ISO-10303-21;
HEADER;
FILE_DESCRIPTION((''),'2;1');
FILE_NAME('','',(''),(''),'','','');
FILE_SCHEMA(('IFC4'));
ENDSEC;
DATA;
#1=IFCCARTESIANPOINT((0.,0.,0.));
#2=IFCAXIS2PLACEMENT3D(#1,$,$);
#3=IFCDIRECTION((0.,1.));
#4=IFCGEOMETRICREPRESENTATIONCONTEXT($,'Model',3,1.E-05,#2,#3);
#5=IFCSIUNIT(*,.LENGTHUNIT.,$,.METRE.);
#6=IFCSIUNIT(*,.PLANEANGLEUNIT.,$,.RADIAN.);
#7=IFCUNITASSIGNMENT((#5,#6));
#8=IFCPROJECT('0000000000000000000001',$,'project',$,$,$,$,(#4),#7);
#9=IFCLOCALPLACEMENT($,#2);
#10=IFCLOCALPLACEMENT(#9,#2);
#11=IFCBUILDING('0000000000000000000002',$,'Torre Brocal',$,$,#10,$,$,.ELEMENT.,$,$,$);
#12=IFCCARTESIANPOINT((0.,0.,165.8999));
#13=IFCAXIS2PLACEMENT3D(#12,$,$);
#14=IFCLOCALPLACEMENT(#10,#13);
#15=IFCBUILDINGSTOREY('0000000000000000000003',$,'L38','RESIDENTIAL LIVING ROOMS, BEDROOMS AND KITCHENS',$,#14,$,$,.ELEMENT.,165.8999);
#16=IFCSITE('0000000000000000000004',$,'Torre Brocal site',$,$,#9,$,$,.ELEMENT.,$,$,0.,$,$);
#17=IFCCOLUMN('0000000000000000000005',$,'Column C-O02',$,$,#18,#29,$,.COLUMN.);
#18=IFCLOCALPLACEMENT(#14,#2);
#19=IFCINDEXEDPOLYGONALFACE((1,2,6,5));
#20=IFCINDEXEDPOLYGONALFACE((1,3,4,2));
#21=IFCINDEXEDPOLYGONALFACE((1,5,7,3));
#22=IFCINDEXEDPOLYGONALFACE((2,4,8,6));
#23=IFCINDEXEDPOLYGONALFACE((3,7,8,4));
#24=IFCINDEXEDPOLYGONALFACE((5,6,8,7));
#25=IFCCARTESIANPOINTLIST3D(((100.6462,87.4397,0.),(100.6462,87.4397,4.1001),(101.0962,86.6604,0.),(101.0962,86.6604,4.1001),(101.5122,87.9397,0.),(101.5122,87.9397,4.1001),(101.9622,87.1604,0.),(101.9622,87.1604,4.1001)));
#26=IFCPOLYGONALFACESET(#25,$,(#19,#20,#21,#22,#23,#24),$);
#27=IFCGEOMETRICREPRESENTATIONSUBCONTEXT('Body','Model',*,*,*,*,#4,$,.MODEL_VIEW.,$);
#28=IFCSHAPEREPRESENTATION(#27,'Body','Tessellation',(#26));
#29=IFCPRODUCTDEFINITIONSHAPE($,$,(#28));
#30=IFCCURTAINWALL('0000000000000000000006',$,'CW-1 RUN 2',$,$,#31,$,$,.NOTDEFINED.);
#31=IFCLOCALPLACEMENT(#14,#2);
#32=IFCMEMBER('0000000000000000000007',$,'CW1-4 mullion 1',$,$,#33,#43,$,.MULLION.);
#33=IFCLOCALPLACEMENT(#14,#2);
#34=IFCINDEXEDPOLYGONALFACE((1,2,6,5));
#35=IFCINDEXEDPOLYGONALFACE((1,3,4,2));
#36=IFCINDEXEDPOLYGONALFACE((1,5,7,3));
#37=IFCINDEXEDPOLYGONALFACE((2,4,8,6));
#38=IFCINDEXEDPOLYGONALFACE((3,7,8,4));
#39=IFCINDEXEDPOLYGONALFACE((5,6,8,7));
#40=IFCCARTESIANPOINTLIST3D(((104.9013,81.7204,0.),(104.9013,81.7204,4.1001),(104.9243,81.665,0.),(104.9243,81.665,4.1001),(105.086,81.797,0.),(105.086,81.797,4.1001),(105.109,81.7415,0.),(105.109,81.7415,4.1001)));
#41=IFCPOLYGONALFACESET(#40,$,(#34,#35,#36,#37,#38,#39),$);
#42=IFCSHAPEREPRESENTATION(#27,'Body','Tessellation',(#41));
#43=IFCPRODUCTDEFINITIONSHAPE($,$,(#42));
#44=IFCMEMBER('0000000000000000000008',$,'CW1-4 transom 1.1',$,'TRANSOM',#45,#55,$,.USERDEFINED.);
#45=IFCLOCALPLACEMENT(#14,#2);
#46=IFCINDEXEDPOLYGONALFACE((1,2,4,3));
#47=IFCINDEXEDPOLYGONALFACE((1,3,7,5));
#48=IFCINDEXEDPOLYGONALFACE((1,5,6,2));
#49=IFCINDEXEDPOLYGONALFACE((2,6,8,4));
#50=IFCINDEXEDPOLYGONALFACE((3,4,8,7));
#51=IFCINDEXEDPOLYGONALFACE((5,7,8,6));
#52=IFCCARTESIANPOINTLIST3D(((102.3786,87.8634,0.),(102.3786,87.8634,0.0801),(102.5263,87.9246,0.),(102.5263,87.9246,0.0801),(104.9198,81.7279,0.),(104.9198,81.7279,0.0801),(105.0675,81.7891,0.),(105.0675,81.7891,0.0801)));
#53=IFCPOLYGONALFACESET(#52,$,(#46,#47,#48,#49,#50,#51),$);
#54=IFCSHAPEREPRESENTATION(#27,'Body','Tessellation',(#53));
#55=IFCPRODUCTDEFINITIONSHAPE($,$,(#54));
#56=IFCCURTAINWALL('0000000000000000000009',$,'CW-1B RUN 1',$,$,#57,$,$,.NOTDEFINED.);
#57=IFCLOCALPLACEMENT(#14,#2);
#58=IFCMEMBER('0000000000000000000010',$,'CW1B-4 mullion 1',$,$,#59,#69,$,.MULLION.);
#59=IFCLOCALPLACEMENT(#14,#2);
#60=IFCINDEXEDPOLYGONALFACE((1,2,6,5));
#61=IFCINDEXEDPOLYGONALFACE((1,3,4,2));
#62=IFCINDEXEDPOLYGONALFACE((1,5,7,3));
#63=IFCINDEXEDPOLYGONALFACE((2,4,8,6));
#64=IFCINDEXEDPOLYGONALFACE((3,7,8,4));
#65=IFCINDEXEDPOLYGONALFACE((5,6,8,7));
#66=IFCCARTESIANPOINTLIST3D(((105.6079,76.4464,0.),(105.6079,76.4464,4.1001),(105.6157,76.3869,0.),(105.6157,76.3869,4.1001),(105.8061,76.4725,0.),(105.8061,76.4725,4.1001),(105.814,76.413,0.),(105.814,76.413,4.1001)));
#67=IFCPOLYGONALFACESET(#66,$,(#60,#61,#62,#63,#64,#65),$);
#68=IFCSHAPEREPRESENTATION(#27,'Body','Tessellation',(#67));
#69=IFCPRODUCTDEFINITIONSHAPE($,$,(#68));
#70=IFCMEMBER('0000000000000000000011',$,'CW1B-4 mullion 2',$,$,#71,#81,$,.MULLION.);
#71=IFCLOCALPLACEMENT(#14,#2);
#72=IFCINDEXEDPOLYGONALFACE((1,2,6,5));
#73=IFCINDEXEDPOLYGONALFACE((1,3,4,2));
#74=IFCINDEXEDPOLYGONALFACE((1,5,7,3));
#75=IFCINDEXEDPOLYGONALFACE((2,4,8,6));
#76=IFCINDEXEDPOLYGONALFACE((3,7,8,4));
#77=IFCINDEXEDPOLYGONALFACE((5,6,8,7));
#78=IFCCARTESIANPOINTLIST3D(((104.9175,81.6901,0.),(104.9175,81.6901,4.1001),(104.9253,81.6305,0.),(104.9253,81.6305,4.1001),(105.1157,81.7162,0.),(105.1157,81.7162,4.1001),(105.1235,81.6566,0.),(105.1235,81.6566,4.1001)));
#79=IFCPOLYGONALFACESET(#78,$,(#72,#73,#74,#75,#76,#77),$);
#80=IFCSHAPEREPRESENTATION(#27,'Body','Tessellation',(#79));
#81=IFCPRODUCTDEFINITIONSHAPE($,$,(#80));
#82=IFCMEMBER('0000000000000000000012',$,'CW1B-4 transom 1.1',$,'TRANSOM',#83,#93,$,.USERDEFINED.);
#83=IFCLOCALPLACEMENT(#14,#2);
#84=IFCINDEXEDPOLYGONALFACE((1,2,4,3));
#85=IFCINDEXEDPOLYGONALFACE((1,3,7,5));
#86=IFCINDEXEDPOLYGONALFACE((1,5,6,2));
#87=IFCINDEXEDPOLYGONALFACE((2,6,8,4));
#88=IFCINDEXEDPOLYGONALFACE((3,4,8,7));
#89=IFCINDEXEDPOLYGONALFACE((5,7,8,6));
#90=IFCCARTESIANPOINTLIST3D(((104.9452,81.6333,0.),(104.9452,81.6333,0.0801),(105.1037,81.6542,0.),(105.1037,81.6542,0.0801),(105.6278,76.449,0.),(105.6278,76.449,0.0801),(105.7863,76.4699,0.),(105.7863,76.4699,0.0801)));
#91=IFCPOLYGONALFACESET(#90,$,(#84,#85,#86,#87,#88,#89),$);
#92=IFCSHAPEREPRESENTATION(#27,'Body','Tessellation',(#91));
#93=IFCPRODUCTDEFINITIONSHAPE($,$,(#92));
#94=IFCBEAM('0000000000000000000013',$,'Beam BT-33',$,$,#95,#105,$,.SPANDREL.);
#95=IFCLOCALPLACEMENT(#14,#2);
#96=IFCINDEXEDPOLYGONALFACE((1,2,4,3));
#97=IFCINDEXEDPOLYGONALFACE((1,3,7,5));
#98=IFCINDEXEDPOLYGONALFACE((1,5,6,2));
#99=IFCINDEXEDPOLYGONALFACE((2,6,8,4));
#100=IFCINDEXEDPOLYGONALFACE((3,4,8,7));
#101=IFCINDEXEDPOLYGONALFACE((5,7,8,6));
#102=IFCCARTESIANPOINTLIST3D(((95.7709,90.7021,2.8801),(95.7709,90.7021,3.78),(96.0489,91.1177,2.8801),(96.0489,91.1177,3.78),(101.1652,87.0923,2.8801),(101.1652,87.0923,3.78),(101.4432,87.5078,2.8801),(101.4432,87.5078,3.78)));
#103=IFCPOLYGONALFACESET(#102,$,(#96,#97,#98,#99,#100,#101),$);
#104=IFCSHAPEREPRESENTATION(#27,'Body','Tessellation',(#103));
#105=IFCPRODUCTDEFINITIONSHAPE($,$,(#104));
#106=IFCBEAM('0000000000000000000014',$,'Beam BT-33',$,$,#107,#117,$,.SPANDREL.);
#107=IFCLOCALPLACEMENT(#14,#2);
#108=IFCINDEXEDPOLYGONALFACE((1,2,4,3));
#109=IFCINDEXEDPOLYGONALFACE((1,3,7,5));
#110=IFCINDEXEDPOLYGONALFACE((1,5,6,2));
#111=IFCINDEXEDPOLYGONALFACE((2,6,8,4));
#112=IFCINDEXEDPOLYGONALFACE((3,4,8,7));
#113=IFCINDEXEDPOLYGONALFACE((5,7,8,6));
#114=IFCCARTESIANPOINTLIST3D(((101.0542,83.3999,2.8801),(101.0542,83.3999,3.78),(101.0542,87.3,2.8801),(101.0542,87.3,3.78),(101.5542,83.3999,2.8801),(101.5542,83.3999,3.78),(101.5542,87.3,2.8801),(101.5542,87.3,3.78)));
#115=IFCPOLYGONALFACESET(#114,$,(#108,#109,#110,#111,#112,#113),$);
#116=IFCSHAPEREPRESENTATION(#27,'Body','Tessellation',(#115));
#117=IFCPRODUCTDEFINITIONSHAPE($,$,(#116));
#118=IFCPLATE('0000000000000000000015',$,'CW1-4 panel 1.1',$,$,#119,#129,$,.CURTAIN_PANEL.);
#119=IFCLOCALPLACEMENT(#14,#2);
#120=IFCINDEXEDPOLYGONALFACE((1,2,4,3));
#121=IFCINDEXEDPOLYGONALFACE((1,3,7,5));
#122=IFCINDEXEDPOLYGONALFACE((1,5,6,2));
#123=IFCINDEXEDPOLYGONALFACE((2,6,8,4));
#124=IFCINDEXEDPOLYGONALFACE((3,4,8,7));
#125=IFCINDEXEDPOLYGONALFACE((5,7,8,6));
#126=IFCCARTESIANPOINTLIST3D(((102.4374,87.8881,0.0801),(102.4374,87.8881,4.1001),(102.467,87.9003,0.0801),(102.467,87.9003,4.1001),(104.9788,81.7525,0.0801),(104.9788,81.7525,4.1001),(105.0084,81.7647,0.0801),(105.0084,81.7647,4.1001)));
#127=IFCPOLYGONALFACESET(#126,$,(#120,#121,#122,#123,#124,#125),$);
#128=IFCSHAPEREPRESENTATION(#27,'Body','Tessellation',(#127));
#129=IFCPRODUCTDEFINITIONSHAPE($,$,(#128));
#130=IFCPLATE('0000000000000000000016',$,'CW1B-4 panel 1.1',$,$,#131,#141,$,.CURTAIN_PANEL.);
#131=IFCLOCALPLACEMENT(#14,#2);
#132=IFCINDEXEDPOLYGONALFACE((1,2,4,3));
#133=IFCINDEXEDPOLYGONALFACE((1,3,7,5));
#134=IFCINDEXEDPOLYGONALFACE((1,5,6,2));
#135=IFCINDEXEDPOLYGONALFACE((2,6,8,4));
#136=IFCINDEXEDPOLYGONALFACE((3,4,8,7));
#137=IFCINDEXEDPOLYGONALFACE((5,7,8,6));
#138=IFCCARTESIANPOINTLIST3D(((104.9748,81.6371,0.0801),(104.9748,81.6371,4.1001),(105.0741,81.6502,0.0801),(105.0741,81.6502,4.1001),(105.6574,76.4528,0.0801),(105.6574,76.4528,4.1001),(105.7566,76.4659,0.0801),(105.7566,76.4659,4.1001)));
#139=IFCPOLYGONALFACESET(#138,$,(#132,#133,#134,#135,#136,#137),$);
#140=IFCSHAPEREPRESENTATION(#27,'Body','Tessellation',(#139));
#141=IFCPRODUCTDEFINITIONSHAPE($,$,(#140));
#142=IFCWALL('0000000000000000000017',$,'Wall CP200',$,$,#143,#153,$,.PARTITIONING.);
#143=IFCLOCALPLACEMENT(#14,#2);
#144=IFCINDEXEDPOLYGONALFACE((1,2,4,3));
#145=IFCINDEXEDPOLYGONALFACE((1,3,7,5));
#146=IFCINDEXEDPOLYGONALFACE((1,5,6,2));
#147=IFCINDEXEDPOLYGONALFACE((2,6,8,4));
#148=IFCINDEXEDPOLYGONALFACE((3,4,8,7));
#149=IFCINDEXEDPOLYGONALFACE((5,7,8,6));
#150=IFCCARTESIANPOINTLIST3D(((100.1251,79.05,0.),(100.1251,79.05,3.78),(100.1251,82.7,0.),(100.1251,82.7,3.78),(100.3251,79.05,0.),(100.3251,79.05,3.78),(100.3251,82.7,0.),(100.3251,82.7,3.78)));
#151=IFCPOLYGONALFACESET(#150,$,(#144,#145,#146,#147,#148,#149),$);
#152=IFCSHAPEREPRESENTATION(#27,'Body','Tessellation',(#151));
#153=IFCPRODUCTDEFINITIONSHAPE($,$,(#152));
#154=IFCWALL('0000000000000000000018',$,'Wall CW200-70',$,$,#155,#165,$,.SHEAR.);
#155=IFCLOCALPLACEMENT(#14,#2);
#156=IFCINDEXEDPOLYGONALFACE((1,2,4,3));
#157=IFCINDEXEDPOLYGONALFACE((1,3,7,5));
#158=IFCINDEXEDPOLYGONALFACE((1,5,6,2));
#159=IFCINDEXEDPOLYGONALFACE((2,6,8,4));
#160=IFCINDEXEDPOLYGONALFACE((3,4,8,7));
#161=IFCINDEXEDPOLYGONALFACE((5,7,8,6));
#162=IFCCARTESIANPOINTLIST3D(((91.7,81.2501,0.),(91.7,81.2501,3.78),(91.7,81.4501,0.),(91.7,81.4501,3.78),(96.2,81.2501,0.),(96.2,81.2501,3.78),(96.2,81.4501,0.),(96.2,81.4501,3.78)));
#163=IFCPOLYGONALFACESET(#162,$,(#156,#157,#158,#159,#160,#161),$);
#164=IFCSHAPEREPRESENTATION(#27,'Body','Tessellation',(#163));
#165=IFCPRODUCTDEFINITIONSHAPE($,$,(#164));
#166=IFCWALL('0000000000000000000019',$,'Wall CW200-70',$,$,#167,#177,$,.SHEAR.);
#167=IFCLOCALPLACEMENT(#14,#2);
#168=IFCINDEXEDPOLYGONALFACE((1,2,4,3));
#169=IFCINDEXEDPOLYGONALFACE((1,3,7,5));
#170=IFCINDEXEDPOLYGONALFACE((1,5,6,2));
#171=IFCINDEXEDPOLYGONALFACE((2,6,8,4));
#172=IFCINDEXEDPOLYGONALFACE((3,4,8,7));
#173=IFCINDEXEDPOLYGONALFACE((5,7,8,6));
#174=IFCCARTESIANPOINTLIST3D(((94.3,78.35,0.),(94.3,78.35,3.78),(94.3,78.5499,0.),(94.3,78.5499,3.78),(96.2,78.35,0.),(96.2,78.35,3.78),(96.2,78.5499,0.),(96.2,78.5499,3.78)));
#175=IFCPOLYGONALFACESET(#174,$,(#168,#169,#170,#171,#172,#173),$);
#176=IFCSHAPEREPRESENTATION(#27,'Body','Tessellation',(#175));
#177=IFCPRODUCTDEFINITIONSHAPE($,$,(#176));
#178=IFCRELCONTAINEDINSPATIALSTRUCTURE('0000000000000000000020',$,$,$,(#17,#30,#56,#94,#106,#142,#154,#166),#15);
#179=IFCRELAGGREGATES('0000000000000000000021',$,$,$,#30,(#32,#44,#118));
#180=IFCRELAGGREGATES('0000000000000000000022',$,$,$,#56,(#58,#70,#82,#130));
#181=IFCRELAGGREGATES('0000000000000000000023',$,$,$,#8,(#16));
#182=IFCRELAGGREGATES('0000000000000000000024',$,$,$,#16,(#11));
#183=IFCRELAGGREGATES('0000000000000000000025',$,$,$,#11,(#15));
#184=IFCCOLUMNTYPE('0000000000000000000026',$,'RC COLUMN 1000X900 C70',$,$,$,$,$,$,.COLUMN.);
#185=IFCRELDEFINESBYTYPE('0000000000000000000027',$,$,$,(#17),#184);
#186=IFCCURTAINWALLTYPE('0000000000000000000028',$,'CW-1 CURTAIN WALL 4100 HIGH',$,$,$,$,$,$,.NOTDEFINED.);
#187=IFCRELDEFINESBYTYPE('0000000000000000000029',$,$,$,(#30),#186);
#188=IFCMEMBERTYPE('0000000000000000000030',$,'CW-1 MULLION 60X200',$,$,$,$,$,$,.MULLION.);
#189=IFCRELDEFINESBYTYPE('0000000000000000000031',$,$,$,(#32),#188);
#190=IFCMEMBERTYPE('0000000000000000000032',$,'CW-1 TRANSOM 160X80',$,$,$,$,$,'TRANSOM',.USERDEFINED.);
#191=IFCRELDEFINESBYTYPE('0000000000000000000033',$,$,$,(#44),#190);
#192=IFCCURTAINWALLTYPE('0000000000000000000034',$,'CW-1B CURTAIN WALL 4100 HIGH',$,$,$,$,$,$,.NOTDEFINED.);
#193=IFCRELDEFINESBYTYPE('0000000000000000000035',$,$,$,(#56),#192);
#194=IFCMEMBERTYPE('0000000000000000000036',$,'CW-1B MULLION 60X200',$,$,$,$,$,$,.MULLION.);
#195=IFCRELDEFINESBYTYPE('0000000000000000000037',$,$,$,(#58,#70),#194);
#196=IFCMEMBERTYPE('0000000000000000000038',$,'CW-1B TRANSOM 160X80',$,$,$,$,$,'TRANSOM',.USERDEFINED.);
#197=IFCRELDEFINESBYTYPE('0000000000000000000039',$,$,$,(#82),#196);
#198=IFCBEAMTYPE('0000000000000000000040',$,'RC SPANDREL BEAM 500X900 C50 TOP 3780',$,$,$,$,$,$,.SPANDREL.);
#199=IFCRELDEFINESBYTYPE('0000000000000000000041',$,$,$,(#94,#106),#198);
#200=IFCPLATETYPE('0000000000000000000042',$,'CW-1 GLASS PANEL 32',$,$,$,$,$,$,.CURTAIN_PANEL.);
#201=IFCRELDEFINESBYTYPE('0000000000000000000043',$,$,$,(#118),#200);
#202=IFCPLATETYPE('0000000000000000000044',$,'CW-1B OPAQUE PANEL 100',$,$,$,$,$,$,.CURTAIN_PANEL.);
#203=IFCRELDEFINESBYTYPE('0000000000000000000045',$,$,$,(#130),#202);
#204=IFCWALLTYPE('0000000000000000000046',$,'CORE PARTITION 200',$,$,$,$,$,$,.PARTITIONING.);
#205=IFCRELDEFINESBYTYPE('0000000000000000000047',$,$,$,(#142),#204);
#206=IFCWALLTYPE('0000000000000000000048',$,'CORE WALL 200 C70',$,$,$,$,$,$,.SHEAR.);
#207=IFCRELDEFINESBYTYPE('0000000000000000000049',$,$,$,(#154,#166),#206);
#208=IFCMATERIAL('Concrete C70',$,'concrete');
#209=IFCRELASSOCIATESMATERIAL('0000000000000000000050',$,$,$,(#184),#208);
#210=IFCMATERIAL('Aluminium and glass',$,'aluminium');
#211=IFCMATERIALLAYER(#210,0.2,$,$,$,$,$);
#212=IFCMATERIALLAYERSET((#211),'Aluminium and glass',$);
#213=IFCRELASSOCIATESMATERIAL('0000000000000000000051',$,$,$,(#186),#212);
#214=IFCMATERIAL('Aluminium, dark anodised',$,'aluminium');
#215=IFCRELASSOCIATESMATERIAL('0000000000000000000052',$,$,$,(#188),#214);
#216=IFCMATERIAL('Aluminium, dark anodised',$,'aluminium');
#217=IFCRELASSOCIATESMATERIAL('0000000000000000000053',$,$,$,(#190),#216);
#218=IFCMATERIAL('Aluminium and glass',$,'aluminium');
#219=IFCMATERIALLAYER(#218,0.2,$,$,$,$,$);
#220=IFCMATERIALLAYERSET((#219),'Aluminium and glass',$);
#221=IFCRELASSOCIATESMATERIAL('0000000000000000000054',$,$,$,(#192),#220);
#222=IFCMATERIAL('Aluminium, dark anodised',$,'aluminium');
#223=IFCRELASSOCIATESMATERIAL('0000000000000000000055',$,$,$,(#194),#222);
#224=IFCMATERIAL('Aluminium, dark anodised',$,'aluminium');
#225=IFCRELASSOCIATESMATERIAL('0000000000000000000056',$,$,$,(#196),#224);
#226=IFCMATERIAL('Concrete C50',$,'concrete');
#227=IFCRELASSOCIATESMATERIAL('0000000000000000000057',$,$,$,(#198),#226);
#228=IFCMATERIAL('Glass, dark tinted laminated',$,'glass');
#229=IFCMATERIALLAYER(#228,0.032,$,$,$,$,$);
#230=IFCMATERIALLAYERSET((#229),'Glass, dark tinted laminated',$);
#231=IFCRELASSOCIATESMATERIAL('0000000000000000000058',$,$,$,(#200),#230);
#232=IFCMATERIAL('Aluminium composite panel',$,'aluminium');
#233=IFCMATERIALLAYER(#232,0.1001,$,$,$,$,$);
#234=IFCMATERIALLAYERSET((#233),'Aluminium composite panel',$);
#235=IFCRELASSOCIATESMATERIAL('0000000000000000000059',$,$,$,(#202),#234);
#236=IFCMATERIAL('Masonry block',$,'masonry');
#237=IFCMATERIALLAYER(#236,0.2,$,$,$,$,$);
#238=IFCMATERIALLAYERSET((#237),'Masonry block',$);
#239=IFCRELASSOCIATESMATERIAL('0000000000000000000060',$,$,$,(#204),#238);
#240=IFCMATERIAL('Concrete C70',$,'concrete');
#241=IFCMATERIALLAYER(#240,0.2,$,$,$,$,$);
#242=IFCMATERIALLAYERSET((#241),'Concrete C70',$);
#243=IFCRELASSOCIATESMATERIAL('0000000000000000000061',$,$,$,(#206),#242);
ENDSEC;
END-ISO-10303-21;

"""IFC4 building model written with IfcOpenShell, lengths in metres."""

from ifc_helpers import new_model, si_unit, direction, frame, frame_2d, origin, origin_2d, place, context, subcontext, project, spatial, rectangle, extrude, material, layer, layer_set, material_profile, profile_set, type_object, element, aggregate, save


model = new_model("IFC4")

# Units and contexts
model_context = context("Model", 3, precision=1e-05, world=origin(), true_north=direction((0.0, 1.0)))
body_context = subcontext(model_context, "Body", "Model", "MODEL_VIEW")
ifc_project = project(units=[si_unit("LENGTHUNIT", "METRE"), si_unit("PLANEANGLEUNIT", "RADIAN")], contexts=[model_context])

# Site, building, storey
site_placement = place(None, origin())
site = spatial("IfcSite", under=ifc_project, at=site_placement, Name="Torre Brocal site", CompositionType="ELEMENT", RefElevation=0.0)
building_placement = place(site_placement, origin())
building = spatial("IfcBuilding", under=site, at=building_placement, Name="Torre Brocal", CompositionType="ELEMENT")
storey_placement = place(building_placement, frame((0.0, 0.0, 165.8999)))
storey = spatial("IfcBuildingStorey", under=building, at=storey_placement, Name="L38", Description="RESIDENTIAL LIVING ROOMS, BEDROOMS AND KITCHENS", CompositionType="ELEMENT", Elevation=165.8999)

# Column
ifc_material_1 = material(Name="Concrete C70", Category="concrete")
ifc_material_profile_1 = material_profile(ifc_material_1, rectangle(XDim=1.0, YDim=0.8999, at=origin_2d()), Name="RC 1000X900")
ifc_profile_set_1 = profile_set([ifc_material_profile_1], Name="Concrete C70")
column_type = type_object("IfcColumnType", Name="RC COLUMN 1000X900 C70", PredefinedType="COLUMN", material=ifc_profile_set_1)
column_placement = place(storey_placement, frame((101.3042, 87.3, 0.0), z_axis=(0.0, 0.0, 1.0), x_axis=(0.866025, 0.5, 0.0)))
element("IfcColumn", 1, at=column_placement, inside=storey, type_object=column_type, Name="Column C-O02", PredefinedType="COLUMN", context=body_context, shape_type="SweptSolid", body=[
    extrude(rectangle(XDim=1.0, YDim=0.8999, at=origin_2d()), origin(), (0.0, 0.0, 1.0), 4.1001),
])

# Curtain walls, members
ifc_material_2 = material(Name="Aluminium and glass", Category="aluminium")
ifc_layer_1 = layer(ifc_material_2, 0.2)
ifc_layer_set_1 = layer_set([ifc_layer_1], Name="Aluminium and glass")
curtain_wall_type_1 = type_object("IfcCurtainWallType", Name="CW-1 CURTAIN WALL 4100 HIGH", PredefinedType="NOTDEFINED", material=ifc_layer_set_1)
curtain_wall_1_placement = place(storey_placement, origin())
curtain_wall_1 = element("IfcCurtainWall", 2, at=curtain_wall_1_placement, inside=storey, type_object=curtain_wall_type_1, Name="CW-1 RUN 2", PredefinedType="NOTDEFINED")
ifc_material_3 = material(Name="Aluminium, dark anodised", Category="aluminium")
ifc_material_profile_2 = material_profile(ifc_material_3, rectangle(XDim=0.2, YDim=0.0601, at=origin_2d()), Name="CW-1 MULLION 60X200")
ifc_profile_set_2 = profile_set([ifc_material_profile_2], Name="Aluminium, dark anodised")
member_type_1 = type_object("IfcMemberType", Name="CW-1 MULLION 60X200", PredefinedType="MULLION", material=ifc_profile_set_2)
member_1_placement = place(storey_placement, frame((105.0051, 81.731, 0.0), z_axis=(0.0, 0.0, 1.0), x_axis=(-0.92388, -0.382683, 0.0)))
member_1 = element("IfcMember", 3, at=member_1_placement, type_object=member_type_1, Name="CW1-4 mullion 1", PredefinedType="MULLION", context=body_context, shape_type="SweptSolid", body=[
    extrude(rectangle(XDim=0.2, YDim=0.0601, at=origin_2d()), origin(), (0.0, 0.0, 1.0), 4.1001),
])
ifc_material_4 = material(Name="Aluminium, dark anodised", Category="aluminium")
ifc_material_profile_3 = material_profile(ifc_material_4, rectangle(XDim=0.1599, YDim=0.0801, at=origin_2d()), Name="CW-1 TRANSOM 160X80")
ifc_profile_set_3 = profile_set([ifc_material_profile_3], Name="Aluminium, dark anodised")
member_type_2 = type_object("IfcMemberType", Name="CW-1 TRANSOM 160X80", ElementType="TRANSOM", PredefinedType="USERDEFINED", material=ifc_profile_set_3)
member_2_placement = place(storey_placement, frame((104.9937, 81.7585, 0.04), z_axis=(-0.382665, 0.923887, 0.0), x_axis=(-0.923887, -0.382665, 0.0)))
member_2 = element("IfcMember", 4, at=member_2_placement, type_object=member_type_2, Name="CW1-4 transom 1.1", ObjectType="TRANSOM", PredefinedType="USERDEFINED", context=body_context, shape_type="SweptSolid", body=[
    extrude(rectangle(XDim=0.1599, YDim=0.0801, at=origin_2d()), origin(), (0.0, 0.0, 1.0), 6.6409),
])
ifc_material_5 = material(Name="Aluminium and glass", Category="aluminium")
ifc_layer_2 = layer(ifc_material_5, 0.2)
ifc_layer_set_2 = layer_set([ifc_layer_2], Name="Aluminium and glass")
curtain_wall_type_2 = type_object("IfcCurtainWallType", Name="CW-1B CURTAIN WALL 4100 HIGH", PredefinedType="NOTDEFINED", material=ifc_layer_set_2)
curtain_wall_2_placement = place(storey_placement, origin())
curtain_wall_2 = element("IfcCurtainWall", 5, at=curtain_wall_2_placement, inside=storey, type_object=curtain_wall_type_2, Name="CW-1B RUN 1", PredefinedType="NOTDEFINED")
ifc_material_6 = material(Name="Aluminium, dark anodised", Category="aluminium")
ifc_material_profile_4 = material_profile(ifc_material_6, rectangle(XDim=0.2, YDim=0.0601, at=origin_2d()), Name="CW-1B MULLION 60X200")
ifc_profile_set_4 = profile_set([ifc_material_profile_4], Name="Aluminium, dark anodised")
member_type_3 = type_object("IfcMemberType", Name="CW-1B MULLION 60X200", PredefinedType="MULLION", material=ifc_profile_set_4)
member_3_placement = place(storey_placement, frame((105.7109, 76.4297, 0.0), z_axis=(0.0, 0.0, 1.0), x_axis=(-0.991445, -0.130526, 0.0)))
member_3 = element("IfcMember", 6, at=member_3_placement, type_object=member_type_3, Name="CW1B-4 mullion 1", PredefinedType="MULLION", context=body_context, shape_type="SweptSolid", body=[
    extrude(rectangle(XDim=0.2, YDim=0.0601, at=origin_2d()), origin(), (0.0, 0.0, 1.0), 4.1001),
])
member_4_placement = place(storey_placement, frame((105.0205, 81.6733, 0.0), z_axis=(0.0, 0.0, 1.0), x_axis=(-0.991445, -0.130526, 0.0)))
member_4 = element("IfcMember", 7, at=member_4_placement, type_object=member_type_3, Name="CW1B-4 mullion 2", PredefinedType="MULLION", context=body_context, shape_type="SweptSolid", body=[
    extrude(rectangle(XDim=0.2, YDim=0.0601, at=origin_2d()), origin(), (0.0, 0.0, 1.0), 4.1001),
])
ifc_material_7 = material(Name="Aluminium, dark anodised", Category="aluminium")
ifc_material_profile_5 = material_profile(ifc_material_7, rectangle(XDim=0.1599, YDim=0.0801, at=origin_2d()), Name="CW-1B TRANSOM 160X80")
ifc_profile_set_5 = profile_set([ifc_material_profile_5], Name="Aluminium, dark anodised")
member_type_4 = type_object("IfcMemberType", Name="CW-1B TRANSOM 160X80", ElementType="TRANSOM", PredefinedType="USERDEFINED", material=ifc_profile_set_5)
member_5_placement = place(storey_placement, frame((105.707, 76.4595, 0.04), z_axis=(-0.130543, 0.991443, 0.0), x_axis=(-0.991443, -0.130543, 0.0)))
member_5 = element("IfcMember", 8, at=member_5_placement, type_object=member_type_4, Name="CW1B-4 transom 1.1", ObjectType="TRANSOM", PredefinedType="USERDEFINED", context=body_context, shape_type="SweptSolid", body=[
    extrude(rectangle(XDim=0.1599, YDim=0.0801, at=origin_2d()), origin(), (0.0, 0.0, 1.0), 5.229),
])

# Beams
ifc_material_8 = material(Name="Concrete C50", Category="concrete")
ifc_material_profile_6 = material_profile(ifc_material_8, rectangle(XDim=0.5, YDim=0.8999, at=origin_2d()), Name="RC 500X900")
ifc_profile_set_6 = profile_set([ifc_material_profile_6], Name="Concrete C50")
beam_type = type_object("IfcBeamType", Name="RC SPANDREL BEAM 500X900 C50 TOP 3780", PredefinedType="SPANDREL", material=ifc_profile_set_6)
beam_1_placement = place(storey_placement, frame((101.3042, 87.3, 3.3301), z_axis=(-0.831077, 0.556158, 0.0), x_axis=(-0.556158, -0.831077, 0.0)))
element("IfcBeam", 9, at=beam_1_placement, inside=storey, type_object=beam_type, Name="Beam BT-33", PredefinedType="SPANDREL", context=body_context, shape_type="SweptSolid", body=[
    extrude(rectangle(XDim=0.5, YDim=0.8999, at=origin_2d()), origin(), (0.0, 0.0, 1.0), 6.4907),
])
beam_2_placement = place(storey_placement, frame((101.3042, 87.3, 3.3301), z_axis=(0.0, -1.0, 0.0), x_axis=(1.0, 0.0, 0.0)))
element("IfcBeam", 10, at=beam_2_placement, inside=storey, type_object=beam_type, Name="Beam BT-33", PredefinedType="SPANDREL", context=body_context, shape_type="SweptSolid", body=[
    extrude(rectangle(XDim=0.5, YDim=0.8999, at=origin_2d()), origin(), (0.0, 0.0, 1.0), 3.9001),
])

# Plates
ifc_material_9 = material(Name="Glass, dark tinted laminated", Category="glass")
ifc_layer_3 = layer(ifc_material_9, 0.032)
ifc_layer_set_3 = layer_set([ifc_layer_3], Name="Glass, dark tinted laminated")
plate_type_1 = type_object("IfcPlateType", Name="CW-1 GLASS PANEL 32", PredefinedType="CURTAIN_PANEL", material=ifc_layer_set_3)
plate_1_placement = place(storey_placement, frame((103.7229, 84.8264, 0.0801), z_axis=(0.0, 0.0, 1.0), x_axis=(-0.382683, 0.92388, 0.0)))
plate_1 = element("IfcPlate", 11, at=plate_1_placement, type_object=plate_type_1, Name="CW1-4 panel 1.1", PredefinedType="CURTAIN_PANEL", context=body_context, shape_type="SweptSolid", body=[
    extrude(rectangle(XDim=6.6411, YDim=0.032, at=origin_2d()), origin(), (0.0, 0.0, 1.0), 4.02),
])
aggregate(curtain_wall_1, [member_1, member_2, plate_1])
ifc_material_10 = material(Name="Aluminium composite panel", Category="aluminium")
ifc_layer_4 = layer(ifc_material_10, 0.1001)
ifc_layer_set_4 = layer_set([ifc_layer_4], Name="Aluminium composite panel")
plate_type_2 = type_object("IfcPlateType", Name="CW-1B OPAQUE PANEL 100", PredefinedType="CURTAIN_PANEL", material=ifc_layer_set_4)
plate_2_placement = place(storey_placement, frame((105.3657, 79.0515, 0.0801), z_axis=(0.0, 0.0, 1.0), x_axis=(-0.130526, 0.991445, 0.0)))
plate_2 = element("IfcPlate", 12, at=plate_2_placement, type_object=plate_type_2, Name="CW1B-4 panel 1.1", PredefinedType="CURTAIN_PANEL", context=body_context, shape_type="SweptSolid", body=[
    extrude(rectangle(XDim=5.229, YDim=0.1001, at=origin_2d()), origin(), (0.0, 0.0, 1.0), 4.02),
])
aggregate(curtain_wall_2, [member_3, member_4, member_5, plate_2])

# Walls
ifc_material_11 = material(Name="Masonry block", Category="masonry")
ifc_layer_5 = layer(ifc_material_11, 0.2)
ifc_layer_set_5 = layer_set([ifc_layer_5], Name="Masonry block")
wall_type_1 = type_object("IfcWallType", Name="CORE PARTITION 200", PredefinedType="PARTITIONING", material=ifc_layer_set_5)
wall_1_placement = place(storey_placement, frame((100.2251, 79.05, 0.0), z_axis=(0.0, 0.0, 1.0), x_axis=(0.0, 1.0, 0.0)))
element("IfcWall", 13, at=wall_1_placement, inside=storey, type_object=wall_type_1, Name="Wall CP200", PredefinedType="PARTITIONING", context=body_context, shape_type="SweptSolid", body=[
    extrude(rectangle(XDim=3.6499, YDim=0.2, at=frame_2d((1.825, 0.0))), origin(), (0.0, 0.0, 1.0), 3.78),
])
ifc_material_12 = material(Name="Concrete C70", Category="concrete")
ifc_layer_6 = layer(ifc_material_12, 0.2)
ifc_layer_set_6 = layer_set([ifc_layer_6], Name="Concrete C70")
wall_type_2 = type_object("IfcWallType", Name="CORE WALL 200 C70", PredefinedType="SHEAR", material=ifc_layer_set_6)
wall_2_placement = place(storey_placement, frame((91.7, 81.3501, 0.0), z_axis=(0.0, 0.0, 1.0), x_axis=(1.0, 0.0, 0.0)))
element("IfcWall", 14, at=wall_2_placement, inside=storey, type_object=wall_type_2, Name="Wall CW200-70", PredefinedType="SHEAR", context=body_context, shape_type="SweptSolid", body=[
    extrude(rectangle(XDim=4.5, YDim=0.2, at=frame_2d((2.25, 0.0))), origin(), (0.0, 0.0, 1.0), 3.78),
])
wall_3_placement = place(storey_placement, frame((94.3, 78.45, 0.0), z_axis=(0.0, 0.0, 1.0), x_axis=(1.0, 0.0, 0.0)))
element("IfcWall", 15, at=wall_3_placement, inside=storey, type_object=wall_type_2, Name="Wall CW200-70", PredefinedType="SHEAR", context=body_context, shape_type="SweptSolid", body=[
    extrude(rectangle(XDim=1.8999, YDim=0.2, at=frame_2d((0.95, 0.0))), origin(), (0.0, 0.0, 1.0), 3.78),
])

save(model, "model.ifc")
